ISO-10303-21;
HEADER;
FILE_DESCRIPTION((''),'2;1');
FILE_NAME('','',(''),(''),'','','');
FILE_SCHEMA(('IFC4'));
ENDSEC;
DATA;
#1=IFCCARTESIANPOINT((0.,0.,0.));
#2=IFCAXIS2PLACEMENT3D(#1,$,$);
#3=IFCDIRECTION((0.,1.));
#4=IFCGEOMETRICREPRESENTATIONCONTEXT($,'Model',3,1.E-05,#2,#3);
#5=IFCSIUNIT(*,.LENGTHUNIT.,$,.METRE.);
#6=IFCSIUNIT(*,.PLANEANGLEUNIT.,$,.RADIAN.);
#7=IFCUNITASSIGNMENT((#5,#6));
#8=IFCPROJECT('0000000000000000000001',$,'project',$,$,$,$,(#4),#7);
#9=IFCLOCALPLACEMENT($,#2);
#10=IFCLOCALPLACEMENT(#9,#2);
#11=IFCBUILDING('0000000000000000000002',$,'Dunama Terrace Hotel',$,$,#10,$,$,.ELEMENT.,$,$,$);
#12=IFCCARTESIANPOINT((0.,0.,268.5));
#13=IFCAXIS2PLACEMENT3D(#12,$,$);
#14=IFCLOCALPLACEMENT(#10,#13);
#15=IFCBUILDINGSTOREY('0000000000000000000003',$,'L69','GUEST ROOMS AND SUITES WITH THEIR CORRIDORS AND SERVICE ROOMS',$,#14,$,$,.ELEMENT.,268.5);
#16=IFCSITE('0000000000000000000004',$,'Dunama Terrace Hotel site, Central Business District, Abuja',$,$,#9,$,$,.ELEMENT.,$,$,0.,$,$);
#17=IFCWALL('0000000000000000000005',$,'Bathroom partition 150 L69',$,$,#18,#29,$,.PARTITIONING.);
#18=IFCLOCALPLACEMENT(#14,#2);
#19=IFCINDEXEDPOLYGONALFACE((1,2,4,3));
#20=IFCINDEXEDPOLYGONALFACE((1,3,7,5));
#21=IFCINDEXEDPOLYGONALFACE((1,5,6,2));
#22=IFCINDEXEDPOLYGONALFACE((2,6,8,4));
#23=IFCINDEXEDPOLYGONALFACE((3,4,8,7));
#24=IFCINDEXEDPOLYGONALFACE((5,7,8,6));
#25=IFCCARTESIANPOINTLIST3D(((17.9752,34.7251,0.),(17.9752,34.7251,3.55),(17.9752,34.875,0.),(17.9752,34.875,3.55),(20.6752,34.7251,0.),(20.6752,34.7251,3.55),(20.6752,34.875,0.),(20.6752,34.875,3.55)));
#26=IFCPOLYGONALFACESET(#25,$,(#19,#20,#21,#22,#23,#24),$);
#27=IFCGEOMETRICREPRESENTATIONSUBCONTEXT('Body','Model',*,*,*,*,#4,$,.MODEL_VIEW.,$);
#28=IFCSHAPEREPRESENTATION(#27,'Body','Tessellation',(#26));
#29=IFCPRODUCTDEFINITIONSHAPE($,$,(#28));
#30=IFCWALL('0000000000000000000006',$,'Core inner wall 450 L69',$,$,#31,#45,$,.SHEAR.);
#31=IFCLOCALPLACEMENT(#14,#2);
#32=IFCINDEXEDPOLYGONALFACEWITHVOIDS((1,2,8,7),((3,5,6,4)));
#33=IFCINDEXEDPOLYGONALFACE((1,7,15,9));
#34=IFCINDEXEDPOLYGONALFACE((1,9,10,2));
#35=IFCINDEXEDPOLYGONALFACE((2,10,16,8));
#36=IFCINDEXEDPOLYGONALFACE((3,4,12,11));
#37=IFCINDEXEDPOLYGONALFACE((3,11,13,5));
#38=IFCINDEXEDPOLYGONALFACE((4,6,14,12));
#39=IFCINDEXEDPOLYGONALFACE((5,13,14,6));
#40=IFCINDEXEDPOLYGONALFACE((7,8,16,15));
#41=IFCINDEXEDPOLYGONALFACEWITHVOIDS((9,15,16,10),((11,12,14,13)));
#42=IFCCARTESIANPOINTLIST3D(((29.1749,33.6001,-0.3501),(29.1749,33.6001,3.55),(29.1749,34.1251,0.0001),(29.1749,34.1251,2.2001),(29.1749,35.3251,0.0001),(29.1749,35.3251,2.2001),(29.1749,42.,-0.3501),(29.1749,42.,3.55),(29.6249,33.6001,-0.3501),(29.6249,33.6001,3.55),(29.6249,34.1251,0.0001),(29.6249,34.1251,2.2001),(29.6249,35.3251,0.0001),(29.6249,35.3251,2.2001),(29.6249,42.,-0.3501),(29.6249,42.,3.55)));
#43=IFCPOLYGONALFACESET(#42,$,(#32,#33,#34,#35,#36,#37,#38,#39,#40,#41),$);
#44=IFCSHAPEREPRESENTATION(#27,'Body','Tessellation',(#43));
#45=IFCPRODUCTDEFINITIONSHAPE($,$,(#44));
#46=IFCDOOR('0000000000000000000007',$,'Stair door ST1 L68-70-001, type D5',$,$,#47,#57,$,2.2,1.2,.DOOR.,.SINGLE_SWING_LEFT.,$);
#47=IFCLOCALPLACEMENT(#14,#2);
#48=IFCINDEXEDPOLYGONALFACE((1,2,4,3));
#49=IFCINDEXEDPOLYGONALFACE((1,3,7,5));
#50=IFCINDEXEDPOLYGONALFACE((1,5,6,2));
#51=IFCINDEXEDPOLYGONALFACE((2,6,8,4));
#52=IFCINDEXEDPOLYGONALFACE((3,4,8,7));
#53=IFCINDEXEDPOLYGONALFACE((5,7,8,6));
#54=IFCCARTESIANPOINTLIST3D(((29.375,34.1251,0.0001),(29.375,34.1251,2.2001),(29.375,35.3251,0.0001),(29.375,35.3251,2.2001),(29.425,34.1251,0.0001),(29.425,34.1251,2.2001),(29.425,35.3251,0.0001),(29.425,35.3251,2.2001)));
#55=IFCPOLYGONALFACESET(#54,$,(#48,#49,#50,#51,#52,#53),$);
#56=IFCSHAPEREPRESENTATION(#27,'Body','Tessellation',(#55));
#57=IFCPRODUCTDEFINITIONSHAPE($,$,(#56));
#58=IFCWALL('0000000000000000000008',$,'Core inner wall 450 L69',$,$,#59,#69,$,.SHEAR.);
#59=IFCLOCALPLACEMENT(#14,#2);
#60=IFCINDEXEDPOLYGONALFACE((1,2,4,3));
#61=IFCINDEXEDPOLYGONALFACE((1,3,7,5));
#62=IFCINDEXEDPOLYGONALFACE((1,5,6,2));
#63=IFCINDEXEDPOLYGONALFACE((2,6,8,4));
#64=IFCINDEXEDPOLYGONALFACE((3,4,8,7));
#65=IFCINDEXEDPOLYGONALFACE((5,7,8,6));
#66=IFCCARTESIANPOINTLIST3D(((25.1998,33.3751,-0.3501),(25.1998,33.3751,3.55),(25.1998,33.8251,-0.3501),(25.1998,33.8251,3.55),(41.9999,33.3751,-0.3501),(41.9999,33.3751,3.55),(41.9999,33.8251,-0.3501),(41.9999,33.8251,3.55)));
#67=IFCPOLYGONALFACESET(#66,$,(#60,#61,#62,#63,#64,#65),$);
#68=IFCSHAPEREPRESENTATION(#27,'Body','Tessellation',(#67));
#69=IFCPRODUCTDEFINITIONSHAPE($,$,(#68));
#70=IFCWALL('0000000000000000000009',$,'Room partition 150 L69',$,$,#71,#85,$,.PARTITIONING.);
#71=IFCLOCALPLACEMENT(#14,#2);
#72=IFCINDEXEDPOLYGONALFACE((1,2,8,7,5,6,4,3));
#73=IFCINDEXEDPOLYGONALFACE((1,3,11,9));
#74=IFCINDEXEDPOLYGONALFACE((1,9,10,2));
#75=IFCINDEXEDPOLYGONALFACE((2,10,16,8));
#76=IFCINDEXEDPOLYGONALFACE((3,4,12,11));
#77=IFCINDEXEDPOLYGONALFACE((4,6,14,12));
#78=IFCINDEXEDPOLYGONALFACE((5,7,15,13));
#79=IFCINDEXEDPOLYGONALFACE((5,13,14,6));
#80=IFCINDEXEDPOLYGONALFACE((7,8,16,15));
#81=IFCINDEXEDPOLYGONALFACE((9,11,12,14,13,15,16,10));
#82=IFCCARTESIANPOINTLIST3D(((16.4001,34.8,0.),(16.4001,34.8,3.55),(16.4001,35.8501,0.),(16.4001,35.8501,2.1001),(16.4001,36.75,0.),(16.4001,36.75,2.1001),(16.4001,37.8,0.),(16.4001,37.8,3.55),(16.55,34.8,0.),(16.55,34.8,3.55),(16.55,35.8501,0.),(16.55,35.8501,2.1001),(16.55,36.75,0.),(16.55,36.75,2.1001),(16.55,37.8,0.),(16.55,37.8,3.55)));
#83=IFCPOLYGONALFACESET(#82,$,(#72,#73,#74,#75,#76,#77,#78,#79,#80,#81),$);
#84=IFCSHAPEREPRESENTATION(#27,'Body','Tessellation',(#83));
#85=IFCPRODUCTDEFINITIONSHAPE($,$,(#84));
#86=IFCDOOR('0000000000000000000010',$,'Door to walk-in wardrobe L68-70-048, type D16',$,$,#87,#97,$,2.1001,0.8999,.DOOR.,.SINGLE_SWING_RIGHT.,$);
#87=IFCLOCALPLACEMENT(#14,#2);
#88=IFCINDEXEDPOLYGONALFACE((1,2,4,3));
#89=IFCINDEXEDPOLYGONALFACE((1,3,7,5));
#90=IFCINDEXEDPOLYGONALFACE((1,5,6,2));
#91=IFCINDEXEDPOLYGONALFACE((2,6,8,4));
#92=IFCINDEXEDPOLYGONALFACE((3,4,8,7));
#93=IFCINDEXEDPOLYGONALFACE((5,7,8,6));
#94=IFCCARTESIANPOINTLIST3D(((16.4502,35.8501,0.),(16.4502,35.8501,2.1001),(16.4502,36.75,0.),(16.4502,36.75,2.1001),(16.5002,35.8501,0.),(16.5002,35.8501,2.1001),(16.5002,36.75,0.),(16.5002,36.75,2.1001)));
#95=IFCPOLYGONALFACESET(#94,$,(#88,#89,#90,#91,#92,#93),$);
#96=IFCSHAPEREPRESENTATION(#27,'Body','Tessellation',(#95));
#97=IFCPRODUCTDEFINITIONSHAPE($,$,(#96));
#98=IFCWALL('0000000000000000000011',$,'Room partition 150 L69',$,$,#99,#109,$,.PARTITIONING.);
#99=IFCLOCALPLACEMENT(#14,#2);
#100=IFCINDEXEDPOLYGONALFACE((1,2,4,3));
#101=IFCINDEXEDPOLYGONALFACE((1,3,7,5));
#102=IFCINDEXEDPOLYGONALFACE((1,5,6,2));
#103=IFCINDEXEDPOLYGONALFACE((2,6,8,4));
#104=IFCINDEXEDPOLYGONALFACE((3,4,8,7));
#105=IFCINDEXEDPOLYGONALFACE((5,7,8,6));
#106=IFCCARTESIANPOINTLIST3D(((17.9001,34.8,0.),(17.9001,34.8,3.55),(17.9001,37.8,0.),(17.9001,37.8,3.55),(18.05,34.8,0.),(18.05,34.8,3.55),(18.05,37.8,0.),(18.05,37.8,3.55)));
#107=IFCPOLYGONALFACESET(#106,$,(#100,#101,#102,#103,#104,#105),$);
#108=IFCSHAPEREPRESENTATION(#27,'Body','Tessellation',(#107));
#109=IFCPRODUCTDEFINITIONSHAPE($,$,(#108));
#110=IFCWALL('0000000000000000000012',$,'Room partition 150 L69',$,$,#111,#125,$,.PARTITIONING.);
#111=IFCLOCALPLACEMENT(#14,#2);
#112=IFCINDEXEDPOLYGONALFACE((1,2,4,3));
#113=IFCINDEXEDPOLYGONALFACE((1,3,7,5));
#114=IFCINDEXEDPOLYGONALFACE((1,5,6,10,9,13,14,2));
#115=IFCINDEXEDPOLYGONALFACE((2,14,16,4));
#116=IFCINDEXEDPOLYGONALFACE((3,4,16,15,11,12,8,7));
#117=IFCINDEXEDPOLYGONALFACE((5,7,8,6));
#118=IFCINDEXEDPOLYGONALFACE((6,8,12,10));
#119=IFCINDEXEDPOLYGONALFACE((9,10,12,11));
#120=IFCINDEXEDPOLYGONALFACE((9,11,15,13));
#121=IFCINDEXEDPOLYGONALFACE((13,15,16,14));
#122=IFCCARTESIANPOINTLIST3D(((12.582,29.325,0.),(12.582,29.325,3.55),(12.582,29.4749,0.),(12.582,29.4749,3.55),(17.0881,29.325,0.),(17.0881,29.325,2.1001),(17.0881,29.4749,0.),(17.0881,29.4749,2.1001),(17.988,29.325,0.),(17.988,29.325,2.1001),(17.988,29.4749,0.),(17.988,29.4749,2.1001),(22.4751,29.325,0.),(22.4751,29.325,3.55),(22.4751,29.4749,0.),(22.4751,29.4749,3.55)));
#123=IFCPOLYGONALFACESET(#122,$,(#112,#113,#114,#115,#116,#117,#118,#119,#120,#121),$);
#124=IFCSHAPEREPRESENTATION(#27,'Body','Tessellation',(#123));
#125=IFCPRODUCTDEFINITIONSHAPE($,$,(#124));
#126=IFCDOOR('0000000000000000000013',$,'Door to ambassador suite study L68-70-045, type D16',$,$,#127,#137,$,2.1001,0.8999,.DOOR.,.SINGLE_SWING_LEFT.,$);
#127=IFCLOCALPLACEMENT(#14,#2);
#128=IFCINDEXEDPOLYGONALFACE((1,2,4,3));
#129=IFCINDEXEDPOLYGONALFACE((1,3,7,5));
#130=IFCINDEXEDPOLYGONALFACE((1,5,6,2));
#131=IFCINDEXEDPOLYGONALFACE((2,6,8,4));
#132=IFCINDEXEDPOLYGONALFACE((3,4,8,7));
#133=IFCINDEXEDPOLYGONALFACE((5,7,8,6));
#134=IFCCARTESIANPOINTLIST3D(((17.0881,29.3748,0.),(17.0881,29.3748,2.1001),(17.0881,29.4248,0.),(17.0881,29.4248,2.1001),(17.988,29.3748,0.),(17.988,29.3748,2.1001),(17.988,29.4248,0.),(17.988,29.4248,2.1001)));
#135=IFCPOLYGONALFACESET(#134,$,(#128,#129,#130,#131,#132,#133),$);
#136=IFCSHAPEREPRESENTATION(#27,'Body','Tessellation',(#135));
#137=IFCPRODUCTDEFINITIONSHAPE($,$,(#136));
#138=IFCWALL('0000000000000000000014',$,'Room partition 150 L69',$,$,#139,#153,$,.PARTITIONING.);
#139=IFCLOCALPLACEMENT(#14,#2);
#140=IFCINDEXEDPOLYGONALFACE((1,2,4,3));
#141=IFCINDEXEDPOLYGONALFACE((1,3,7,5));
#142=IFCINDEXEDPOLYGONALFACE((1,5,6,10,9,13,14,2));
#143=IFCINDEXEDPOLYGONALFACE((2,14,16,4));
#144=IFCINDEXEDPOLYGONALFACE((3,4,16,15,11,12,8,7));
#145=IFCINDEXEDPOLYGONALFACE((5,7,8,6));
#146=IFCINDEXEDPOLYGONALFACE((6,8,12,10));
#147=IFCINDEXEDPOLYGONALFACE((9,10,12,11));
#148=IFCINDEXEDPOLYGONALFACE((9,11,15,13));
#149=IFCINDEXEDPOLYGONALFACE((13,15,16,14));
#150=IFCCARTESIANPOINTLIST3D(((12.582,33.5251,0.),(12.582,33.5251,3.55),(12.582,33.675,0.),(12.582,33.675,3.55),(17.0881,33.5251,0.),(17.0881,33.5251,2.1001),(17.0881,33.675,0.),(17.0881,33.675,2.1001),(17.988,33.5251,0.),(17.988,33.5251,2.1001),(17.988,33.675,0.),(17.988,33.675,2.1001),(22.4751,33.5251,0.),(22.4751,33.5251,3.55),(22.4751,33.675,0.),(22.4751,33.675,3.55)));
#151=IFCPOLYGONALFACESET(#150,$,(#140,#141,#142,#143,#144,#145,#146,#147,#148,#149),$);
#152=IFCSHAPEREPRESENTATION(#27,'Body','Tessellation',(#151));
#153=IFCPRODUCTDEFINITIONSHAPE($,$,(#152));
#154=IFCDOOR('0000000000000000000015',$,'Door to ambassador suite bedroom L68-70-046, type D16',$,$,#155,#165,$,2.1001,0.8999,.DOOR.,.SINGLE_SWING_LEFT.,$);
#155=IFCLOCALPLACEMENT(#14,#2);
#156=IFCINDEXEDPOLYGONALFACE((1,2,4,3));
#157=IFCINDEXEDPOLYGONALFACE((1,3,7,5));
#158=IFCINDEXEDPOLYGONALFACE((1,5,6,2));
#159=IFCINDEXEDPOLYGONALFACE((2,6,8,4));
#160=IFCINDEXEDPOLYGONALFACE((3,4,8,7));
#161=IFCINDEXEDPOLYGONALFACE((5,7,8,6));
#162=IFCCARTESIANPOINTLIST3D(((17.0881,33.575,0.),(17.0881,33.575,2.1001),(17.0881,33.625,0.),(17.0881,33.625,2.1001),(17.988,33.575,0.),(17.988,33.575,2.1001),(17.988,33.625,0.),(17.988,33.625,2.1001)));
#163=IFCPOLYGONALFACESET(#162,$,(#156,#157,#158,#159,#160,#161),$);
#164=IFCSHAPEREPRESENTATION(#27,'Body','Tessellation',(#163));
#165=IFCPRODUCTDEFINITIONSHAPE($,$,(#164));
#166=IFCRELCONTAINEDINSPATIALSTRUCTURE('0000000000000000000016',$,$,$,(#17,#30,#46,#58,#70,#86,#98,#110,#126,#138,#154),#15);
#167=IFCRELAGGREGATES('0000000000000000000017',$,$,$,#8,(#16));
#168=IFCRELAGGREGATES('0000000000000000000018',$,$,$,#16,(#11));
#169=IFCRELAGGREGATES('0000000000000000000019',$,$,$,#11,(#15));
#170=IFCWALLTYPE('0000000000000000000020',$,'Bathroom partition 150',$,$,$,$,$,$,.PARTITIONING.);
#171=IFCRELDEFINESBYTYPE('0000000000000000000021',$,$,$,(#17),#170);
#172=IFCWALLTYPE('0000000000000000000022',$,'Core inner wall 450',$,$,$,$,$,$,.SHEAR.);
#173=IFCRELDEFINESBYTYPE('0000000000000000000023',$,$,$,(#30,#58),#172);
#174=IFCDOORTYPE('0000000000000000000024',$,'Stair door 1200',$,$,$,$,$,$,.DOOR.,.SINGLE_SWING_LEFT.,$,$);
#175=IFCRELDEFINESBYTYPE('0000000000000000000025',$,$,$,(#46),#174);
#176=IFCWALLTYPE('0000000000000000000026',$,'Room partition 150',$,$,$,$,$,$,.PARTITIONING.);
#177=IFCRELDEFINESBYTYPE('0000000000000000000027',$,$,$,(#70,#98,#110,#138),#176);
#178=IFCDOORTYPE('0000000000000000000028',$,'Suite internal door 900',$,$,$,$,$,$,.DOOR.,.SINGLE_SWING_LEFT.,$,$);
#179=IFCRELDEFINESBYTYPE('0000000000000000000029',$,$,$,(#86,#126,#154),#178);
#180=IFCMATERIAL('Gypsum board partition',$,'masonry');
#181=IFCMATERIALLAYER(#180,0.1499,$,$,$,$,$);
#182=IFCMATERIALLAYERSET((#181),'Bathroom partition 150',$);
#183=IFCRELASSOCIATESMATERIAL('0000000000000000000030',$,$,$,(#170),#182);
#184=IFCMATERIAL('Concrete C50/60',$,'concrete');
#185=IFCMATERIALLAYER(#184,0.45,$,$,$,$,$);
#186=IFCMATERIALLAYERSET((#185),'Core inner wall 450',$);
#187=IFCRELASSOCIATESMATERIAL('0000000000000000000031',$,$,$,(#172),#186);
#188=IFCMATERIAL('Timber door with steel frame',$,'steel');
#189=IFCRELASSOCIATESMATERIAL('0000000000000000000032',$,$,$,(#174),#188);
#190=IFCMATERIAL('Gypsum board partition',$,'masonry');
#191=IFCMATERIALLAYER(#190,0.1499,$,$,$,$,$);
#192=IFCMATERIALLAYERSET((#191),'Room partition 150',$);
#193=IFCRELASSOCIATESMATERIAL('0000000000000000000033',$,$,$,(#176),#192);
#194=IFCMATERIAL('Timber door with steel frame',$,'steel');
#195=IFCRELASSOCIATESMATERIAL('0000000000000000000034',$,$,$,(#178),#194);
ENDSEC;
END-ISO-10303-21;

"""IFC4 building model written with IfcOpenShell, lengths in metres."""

from ifc_helpers import new_model, si_unit, direction, frame, frame_2d, origin, place, context, subcontext, project, spatial, rectangle, extrude, material, layer, layer_set, type_object, element, fill, save


model = new_model("IFC4")

# Units and contexts
model_context = context("Model", 3, precision=1e-05, world=origin(), true_north=direction((0.0, 1.0)))
body_context = subcontext(model_context, "Body", "Model", "MODEL_VIEW")
ifc_project = project(units=[si_unit("LENGTHUNIT", "METRE"), si_unit("PLANEANGLEUNIT", "RADIAN")], contexts=[model_context])

# Site, building, storey
site_placement = place(None, origin())
site = spatial("IfcSite", under=ifc_project, at=site_placement, Name="Dunama Terrace Hotel site, Central Business District, Abuja", CompositionType="ELEMENT", RefElevation=0.0)
building_placement = place(site_placement, origin())
building = spatial("IfcBuilding", under=site, at=building_placement, Name="Dunama Terrace Hotel", CompositionType="ELEMENT")
storey_placement = place(building_placement, frame((0.0, 0.0, 268.5)))
storey = spatial("IfcBuildingStorey", under=building, at=storey_placement, Name="L69", Description="GUEST ROOMS AND SUITES WITH THEIR CORRIDORS AND SERVICE ROOMS", CompositionType="ELEMENT", Elevation=268.5)

# Shared definitions
ifc_material_1 = material(Name="Gypsum board partition", Category="masonry")
ifc_layer_1 = layer(ifc_material_1, 0.1499)
ifc_layer_set_1 = layer_set([ifc_layer_1], Name="Bathroom partition 150")
wall_type_1 = type_object("IfcWallType", Name="Bathroom partition 150", PredefinedType="PARTITIONING", material=ifc_layer_set_1)

# Wall
wall_1_placement = place(storey_placement, frame((17.9751, 34.8, 0.0), z_axis=(0.0, 0.0, 1.0), x_axis=(1.0, 0.0, 0.0)))
element("IfcWall", 1, at=wall_1_placement, inside=storey, type_object=wall_type_1, Name="Bathroom partition 150 L69", PredefinedType="PARTITIONING", context=body_context, shape_type="SweptSolid", body=[
    extrude(rectangle(XDim=2.7, YDim=0.1499, at=frame_2d((1.3501, 0.0))), origin(), (0.0, 0.0, 1.0), 3.55),
])

# Wall, opening, door
ifc_material_2 = material(Name="Concrete C50/60", Category="concrete")
ifc_layer_2 = layer(ifc_material_2, 0.45)
ifc_layer_set_2 = layer_set([ifc_layer_2], Name="Core inner wall 450")
wall_type_2 = type_object("IfcWallType", Name="Core inner wall 450", PredefinedType="SHEAR", material=ifc_layer_set_2)
wall_2_placement = place(storey_placement, frame((29.3999, 33.6001, -0.3501), z_axis=(0.0, 0.0, 1.0), x_axis=(0.0, 1.0, 0.0)))
wall_2 = element("IfcWall", 2, at=wall_2_placement, inside=storey, type_object=wall_type_2, Name="Core inner wall 450 L69", PredefinedType="SHEAR", context=body_context, shape_type="SweptSolid", body=[
    extrude(rectangle(XDim=8.3999, YDim=0.45, at=frame_2d((4.2, 0.0))), origin(), (0.0, 0.0, 1.0), 3.9001),
])
opening_1_placement = place(wall_2_placement, frame((0.5249, 0.0, 0.3501)))
opening_1 = element("IfcOpeningElement", 3, at=opening_1_placement, cuts=wall_2, PredefinedType="OPENING", context=body_context, shape_type="SweptSolid", body=[
    extrude(rectangle(XDim=1.2, YDim=2.2, at=frame_2d((0.6001, 1.1001))), frame((0.0, 0.2349, 0.0), z_axis=(0.0, -1.0, 0.0), x_axis=(1.0, 0.0, 0.0)), (0.0, 0.0, 1.0), 0.47),
])
ifc_material_3 = material(Name="Timber door with steel frame", Category="steel")
door_type_1 = type_object("IfcDoorType", Name="Stair door 1200", OperationType="SINGLE_SWING_LEFT", PredefinedType="DOOR", material=ifc_material_3)
door_1_placement = place(opening_1_placement, origin())
door_1 = element("IfcDoor", 4, at=door_1_placement, inside=storey, type_object=door_type_1, Name="Stair door ST1 L68-70-001, type D5", OperationType="SINGLE_SWING_LEFT", OverallHeight=2.2, OverallWidth=1.2, PredefinedType="DOOR", context=body_context, shape_type="SweptSolid", body=[
    extrude(rectangle(XDim=1.2, YDim=2.2, at=frame_2d((0.6001, 1.1001))), frame((0.0, 0.0249, 0.0), z_axis=(0.0, -1.0, 0.0), x_axis=(1.0, 0.0, 0.0)), (0.0, 0.0, 1.0), 0.05),
])
fill(opening_1, door_1)

# Wall
wall_3_placement = place(storey_placement, frame((25.2, 33.6001, -0.3501), z_axis=(0.0, 0.0, 1.0), x_axis=(1.0, 0.0, 0.0)))
element("IfcWall", 5, at=wall_3_placement, inside=storey, type_object=wall_type_2, Name="Core inner wall 450 L69", PredefinedType="SHEAR", context=body_context, shape_type="SweptSolid", body=[
    extrude(rectangle(XDim=16.8, YDim=0.45, at=frame_2d((8.3999, 0.0))), origin(), (0.0, 0.0, 1.0), 3.9001),
])

# Wall, opening, door
ifc_material_4 = material(Name="Gypsum board partition", Category="masonry")
ifc_layer_3 = layer(ifc_material_4, 0.1499)
ifc_layer_set_3 = layer_set([ifc_layer_3], Name="Room partition 150")
wall_type_3 = type_object("IfcWallType", Name="Room partition 150", PredefinedType="PARTITIONING", material=ifc_layer_set_3)
wall_4_placement = place(storey_placement, frame((16.4751, 34.8, 0.0), z_axis=(0.0, 0.0, 1.0), x_axis=(0.0, 1.0, 0.0)))
wall_4 = element("IfcWall", 6, at=wall_4_placement, inside=storey, type_object=wall_type_3, Name="Room partition 150 L69", PredefinedType="PARTITIONING", context=body_context, shape_type="SweptSolid", body=[
    extrude(rectangle(XDim=3.0, YDim=0.1499, at=frame_2d((1.5, 0.0))), origin(), (0.0, 0.0, 1.0), 3.55),
])
opening_2_placement = place(wall_4_placement, frame((1.05, 0.0, 0.0)))
opening_2 = element("IfcOpeningElement", 7, at=opening_2_placement, cuts=wall_4, PredefinedType="OPENING", context=body_context, shape_type="SweptSolid", body=[
    extrude(rectangle(XDim=0.8999, YDim=2.1001, at=frame_2d((0.45, 1.05))), frame((0.0, 0.085, 0.0), z_axis=(0.0, -1.0, 0.0), x_axis=(1.0, 0.0, 0.0)), (0.0, 0.0, 1.0), 0.1699),
])
ifc_material_5 = material(Name="Timber door with steel frame", Category="steel")
door_type_2 = type_object("IfcDoorType", Name="Suite internal door 900", OperationType="SINGLE_SWING_LEFT", PredefinedType="DOOR", material=ifc_material_5)
door_2_placement = place(opening_2_placement, frame((0.8999, 0.0, 0.0), z_axis=(0.0, 0.0, 1.0), x_axis=(-1.0, 0.0, 0.0)))
door_2 = element("IfcDoor", 8, at=door_2_placement, inside=storey, type_object=door_type_2, Name="Door to walk-in wardrobe L68-70-048, type D16", OperationType="SINGLE_SWING_RIGHT", OverallHeight=2.1001, OverallWidth=0.8999, PredefinedType="DOOR", context=body_context, shape_type="SweptSolid", body=[
    extrude(rectangle(XDim=0.8999, YDim=2.1001, at=frame_2d((0.45, 1.05))), frame((0.0, 0.0251, 0.0), z_axis=(0.0, -1.0, 0.0), x_axis=(1.0, 0.0, 0.0)), (0.0, 0.0, 1.0), 0.05),
])
fill(opening_2, door_2)

# Wall
wall_5_placement = place(storey_placement, frame((17.9751, 34.8, 0.0), z_axis=(0.0, 0.0, 1.0), x_axis=(0.0, 1.0, 0.0)))
element("IfcWall", 9, at=wall_5_placement, inside=storey, type_object=wall_type_3, Name="Room partition 150 L69", PredefinedType="PARTITIONING", context=body_context, shape_type="SweptSolid", body=[
    extrude(rectangle(XDim=3.0, YDim=0.1499, at=frame_2d((1.5, 0.0))), origin(), (0.0, 0.0, 1.0), 3.55),
])

# Walls, openings, doors
wall_6_placement = place(storey_placement, frame((12.582, 29.3999, 0.0), z_axis=(0.0, 0.0, 1.0), x_axis=(1.0, 0.0, 0.0)))
wall_6 = element("IfcWall", 10, at=wall_6_placement, inside=storey, type_object=wall_type_3, Name="Room partition 150 L69", PredefinedType="PARTITIONING", context=body_context, shape_type="SweptSolid", body=[
    extrude(rectangle(XDim=9.8931, YDim=0.1499, at=frame_2d((4.9465, 0.0))), origin(), (0.0, 0.0, 1.0), 3.55),
])
opening_3_placement = place(wall_6_placement, frame((4.5061, 0.0, 0.0)))
opening_3 = element("IfcOpeningElement", 11, at=opening_3_placement, cuts=wall_6, PredefinedType="OPENING", context=body_context, shape_type="SweptSolid", body=[
    extrude(rectangle(XDim=0.8999, YDim=2.1001, at=frame_2d((0.45, 1.05))), frame((0.0, 0.085, 0.0), z_axis=(0.0, -1.0, 0.0), x_axis=(1.0, 0.0, 0.0)), (0.0, 0.0, 1.0), 0.1699),
])
door_3_placement = place(opening_3_placement, frame((0.8999, 0.0, 0.0), z_axis=(0.0, 0.0, 1.0), x_axis=(-1.0, 0.0, 0.0)))
door_3 = element("IfcDoor", 12, at=door_3_placement, inside=storey, type_object=door_type_2, Name="Door to ambassador suite study L68-70-045, type D16", OperationType="SINGLE_SWING_LEFT", OverallHeight=2.1001, OverallWidth=0.8999, PredefinedType="DOOR", context=body_context, shape_type="SweptSolid", body=[
    extrude(rectangle(XDim=0.8999, YDim=2.1001, at=frame_2d((0.45, 1.05))), frame((0.0, 0.0251, 0.0), z_axis=(0.0, -1.0, 0.0), x_axis=(1.0, 0.0, 0.0)), (0.0, 0.0, 1.0), 0.05),
])
fill(opening_3, door_3)
wall_7_placement = place(storey_placement, frame((12.582, 33.6001, 0.0), z_axis=(0.0, 0.0, 1.0), x_axis=(1.0, 0.0, 0.0)))
wall_7 = element("IfcWall", 13, at=wall_7_placement, inside=storey, type_object=wall_type_3, Name="Room partition 150 L69", PredefinedType="PARTITIONING", context=body_context, shape_type="SweptSolid", body=[
    extrude(rectangle(XDim=9.8931, YDim=0.1499, at=frame_2d((4.9465, 0.0))), origin(), (0.0, 0.0, 1.0), 3.55),
])
opening_4_placement = place(wall_7_placement, frame((4.5061, 0.0, 0.0)))
opening_4 = element("IfcOpeningElement", 14, at=opening_4_placement, cuts=wall_7, PredefinedType="OPENING", context=body_context, shape_type="SweptSolid", body=[
    extrude(rectangle(XDim=0.8999, YDim=2.1001, at=frame_2d((0.45, 1.05))), frame((0.0, 0.085, 0.0), z_axis=(0.0, -1.0, 0.0), x_axis=(1.0, 0.0, 0.0)), (0.0, 0.0, 1.0), 0.1699),
])
door_4_placement = place(opening_4_placement, origin())
door_4 = element("IfcDoor", 15, at=door_4_placement, inside=storey, type_object=door_type_2, Name="Door to ambassador suite bedroom L68-70-046, type D16", OperationType="SINGLE_SWING_LEFT", OverallHeight=2.1001, OverallWidth=0.8999, PredefinedType="DOOR", context=body_context, shape_type="SweptSolid", body=[
    extrude(rectangle(XDim=0.8999, YDim=2.1001, at=frame_2d((0.45, 1.05))), frame((0.0, 0.0249, 0.0), z_axis=(0.0, -1.0, 0.0), x_axis=(1.0, 0.0, 0.0)), (0.0, 0.0, 1.0), 0.05),
])
fill(opening_4, door_4)

save(model, "model.ifc")
